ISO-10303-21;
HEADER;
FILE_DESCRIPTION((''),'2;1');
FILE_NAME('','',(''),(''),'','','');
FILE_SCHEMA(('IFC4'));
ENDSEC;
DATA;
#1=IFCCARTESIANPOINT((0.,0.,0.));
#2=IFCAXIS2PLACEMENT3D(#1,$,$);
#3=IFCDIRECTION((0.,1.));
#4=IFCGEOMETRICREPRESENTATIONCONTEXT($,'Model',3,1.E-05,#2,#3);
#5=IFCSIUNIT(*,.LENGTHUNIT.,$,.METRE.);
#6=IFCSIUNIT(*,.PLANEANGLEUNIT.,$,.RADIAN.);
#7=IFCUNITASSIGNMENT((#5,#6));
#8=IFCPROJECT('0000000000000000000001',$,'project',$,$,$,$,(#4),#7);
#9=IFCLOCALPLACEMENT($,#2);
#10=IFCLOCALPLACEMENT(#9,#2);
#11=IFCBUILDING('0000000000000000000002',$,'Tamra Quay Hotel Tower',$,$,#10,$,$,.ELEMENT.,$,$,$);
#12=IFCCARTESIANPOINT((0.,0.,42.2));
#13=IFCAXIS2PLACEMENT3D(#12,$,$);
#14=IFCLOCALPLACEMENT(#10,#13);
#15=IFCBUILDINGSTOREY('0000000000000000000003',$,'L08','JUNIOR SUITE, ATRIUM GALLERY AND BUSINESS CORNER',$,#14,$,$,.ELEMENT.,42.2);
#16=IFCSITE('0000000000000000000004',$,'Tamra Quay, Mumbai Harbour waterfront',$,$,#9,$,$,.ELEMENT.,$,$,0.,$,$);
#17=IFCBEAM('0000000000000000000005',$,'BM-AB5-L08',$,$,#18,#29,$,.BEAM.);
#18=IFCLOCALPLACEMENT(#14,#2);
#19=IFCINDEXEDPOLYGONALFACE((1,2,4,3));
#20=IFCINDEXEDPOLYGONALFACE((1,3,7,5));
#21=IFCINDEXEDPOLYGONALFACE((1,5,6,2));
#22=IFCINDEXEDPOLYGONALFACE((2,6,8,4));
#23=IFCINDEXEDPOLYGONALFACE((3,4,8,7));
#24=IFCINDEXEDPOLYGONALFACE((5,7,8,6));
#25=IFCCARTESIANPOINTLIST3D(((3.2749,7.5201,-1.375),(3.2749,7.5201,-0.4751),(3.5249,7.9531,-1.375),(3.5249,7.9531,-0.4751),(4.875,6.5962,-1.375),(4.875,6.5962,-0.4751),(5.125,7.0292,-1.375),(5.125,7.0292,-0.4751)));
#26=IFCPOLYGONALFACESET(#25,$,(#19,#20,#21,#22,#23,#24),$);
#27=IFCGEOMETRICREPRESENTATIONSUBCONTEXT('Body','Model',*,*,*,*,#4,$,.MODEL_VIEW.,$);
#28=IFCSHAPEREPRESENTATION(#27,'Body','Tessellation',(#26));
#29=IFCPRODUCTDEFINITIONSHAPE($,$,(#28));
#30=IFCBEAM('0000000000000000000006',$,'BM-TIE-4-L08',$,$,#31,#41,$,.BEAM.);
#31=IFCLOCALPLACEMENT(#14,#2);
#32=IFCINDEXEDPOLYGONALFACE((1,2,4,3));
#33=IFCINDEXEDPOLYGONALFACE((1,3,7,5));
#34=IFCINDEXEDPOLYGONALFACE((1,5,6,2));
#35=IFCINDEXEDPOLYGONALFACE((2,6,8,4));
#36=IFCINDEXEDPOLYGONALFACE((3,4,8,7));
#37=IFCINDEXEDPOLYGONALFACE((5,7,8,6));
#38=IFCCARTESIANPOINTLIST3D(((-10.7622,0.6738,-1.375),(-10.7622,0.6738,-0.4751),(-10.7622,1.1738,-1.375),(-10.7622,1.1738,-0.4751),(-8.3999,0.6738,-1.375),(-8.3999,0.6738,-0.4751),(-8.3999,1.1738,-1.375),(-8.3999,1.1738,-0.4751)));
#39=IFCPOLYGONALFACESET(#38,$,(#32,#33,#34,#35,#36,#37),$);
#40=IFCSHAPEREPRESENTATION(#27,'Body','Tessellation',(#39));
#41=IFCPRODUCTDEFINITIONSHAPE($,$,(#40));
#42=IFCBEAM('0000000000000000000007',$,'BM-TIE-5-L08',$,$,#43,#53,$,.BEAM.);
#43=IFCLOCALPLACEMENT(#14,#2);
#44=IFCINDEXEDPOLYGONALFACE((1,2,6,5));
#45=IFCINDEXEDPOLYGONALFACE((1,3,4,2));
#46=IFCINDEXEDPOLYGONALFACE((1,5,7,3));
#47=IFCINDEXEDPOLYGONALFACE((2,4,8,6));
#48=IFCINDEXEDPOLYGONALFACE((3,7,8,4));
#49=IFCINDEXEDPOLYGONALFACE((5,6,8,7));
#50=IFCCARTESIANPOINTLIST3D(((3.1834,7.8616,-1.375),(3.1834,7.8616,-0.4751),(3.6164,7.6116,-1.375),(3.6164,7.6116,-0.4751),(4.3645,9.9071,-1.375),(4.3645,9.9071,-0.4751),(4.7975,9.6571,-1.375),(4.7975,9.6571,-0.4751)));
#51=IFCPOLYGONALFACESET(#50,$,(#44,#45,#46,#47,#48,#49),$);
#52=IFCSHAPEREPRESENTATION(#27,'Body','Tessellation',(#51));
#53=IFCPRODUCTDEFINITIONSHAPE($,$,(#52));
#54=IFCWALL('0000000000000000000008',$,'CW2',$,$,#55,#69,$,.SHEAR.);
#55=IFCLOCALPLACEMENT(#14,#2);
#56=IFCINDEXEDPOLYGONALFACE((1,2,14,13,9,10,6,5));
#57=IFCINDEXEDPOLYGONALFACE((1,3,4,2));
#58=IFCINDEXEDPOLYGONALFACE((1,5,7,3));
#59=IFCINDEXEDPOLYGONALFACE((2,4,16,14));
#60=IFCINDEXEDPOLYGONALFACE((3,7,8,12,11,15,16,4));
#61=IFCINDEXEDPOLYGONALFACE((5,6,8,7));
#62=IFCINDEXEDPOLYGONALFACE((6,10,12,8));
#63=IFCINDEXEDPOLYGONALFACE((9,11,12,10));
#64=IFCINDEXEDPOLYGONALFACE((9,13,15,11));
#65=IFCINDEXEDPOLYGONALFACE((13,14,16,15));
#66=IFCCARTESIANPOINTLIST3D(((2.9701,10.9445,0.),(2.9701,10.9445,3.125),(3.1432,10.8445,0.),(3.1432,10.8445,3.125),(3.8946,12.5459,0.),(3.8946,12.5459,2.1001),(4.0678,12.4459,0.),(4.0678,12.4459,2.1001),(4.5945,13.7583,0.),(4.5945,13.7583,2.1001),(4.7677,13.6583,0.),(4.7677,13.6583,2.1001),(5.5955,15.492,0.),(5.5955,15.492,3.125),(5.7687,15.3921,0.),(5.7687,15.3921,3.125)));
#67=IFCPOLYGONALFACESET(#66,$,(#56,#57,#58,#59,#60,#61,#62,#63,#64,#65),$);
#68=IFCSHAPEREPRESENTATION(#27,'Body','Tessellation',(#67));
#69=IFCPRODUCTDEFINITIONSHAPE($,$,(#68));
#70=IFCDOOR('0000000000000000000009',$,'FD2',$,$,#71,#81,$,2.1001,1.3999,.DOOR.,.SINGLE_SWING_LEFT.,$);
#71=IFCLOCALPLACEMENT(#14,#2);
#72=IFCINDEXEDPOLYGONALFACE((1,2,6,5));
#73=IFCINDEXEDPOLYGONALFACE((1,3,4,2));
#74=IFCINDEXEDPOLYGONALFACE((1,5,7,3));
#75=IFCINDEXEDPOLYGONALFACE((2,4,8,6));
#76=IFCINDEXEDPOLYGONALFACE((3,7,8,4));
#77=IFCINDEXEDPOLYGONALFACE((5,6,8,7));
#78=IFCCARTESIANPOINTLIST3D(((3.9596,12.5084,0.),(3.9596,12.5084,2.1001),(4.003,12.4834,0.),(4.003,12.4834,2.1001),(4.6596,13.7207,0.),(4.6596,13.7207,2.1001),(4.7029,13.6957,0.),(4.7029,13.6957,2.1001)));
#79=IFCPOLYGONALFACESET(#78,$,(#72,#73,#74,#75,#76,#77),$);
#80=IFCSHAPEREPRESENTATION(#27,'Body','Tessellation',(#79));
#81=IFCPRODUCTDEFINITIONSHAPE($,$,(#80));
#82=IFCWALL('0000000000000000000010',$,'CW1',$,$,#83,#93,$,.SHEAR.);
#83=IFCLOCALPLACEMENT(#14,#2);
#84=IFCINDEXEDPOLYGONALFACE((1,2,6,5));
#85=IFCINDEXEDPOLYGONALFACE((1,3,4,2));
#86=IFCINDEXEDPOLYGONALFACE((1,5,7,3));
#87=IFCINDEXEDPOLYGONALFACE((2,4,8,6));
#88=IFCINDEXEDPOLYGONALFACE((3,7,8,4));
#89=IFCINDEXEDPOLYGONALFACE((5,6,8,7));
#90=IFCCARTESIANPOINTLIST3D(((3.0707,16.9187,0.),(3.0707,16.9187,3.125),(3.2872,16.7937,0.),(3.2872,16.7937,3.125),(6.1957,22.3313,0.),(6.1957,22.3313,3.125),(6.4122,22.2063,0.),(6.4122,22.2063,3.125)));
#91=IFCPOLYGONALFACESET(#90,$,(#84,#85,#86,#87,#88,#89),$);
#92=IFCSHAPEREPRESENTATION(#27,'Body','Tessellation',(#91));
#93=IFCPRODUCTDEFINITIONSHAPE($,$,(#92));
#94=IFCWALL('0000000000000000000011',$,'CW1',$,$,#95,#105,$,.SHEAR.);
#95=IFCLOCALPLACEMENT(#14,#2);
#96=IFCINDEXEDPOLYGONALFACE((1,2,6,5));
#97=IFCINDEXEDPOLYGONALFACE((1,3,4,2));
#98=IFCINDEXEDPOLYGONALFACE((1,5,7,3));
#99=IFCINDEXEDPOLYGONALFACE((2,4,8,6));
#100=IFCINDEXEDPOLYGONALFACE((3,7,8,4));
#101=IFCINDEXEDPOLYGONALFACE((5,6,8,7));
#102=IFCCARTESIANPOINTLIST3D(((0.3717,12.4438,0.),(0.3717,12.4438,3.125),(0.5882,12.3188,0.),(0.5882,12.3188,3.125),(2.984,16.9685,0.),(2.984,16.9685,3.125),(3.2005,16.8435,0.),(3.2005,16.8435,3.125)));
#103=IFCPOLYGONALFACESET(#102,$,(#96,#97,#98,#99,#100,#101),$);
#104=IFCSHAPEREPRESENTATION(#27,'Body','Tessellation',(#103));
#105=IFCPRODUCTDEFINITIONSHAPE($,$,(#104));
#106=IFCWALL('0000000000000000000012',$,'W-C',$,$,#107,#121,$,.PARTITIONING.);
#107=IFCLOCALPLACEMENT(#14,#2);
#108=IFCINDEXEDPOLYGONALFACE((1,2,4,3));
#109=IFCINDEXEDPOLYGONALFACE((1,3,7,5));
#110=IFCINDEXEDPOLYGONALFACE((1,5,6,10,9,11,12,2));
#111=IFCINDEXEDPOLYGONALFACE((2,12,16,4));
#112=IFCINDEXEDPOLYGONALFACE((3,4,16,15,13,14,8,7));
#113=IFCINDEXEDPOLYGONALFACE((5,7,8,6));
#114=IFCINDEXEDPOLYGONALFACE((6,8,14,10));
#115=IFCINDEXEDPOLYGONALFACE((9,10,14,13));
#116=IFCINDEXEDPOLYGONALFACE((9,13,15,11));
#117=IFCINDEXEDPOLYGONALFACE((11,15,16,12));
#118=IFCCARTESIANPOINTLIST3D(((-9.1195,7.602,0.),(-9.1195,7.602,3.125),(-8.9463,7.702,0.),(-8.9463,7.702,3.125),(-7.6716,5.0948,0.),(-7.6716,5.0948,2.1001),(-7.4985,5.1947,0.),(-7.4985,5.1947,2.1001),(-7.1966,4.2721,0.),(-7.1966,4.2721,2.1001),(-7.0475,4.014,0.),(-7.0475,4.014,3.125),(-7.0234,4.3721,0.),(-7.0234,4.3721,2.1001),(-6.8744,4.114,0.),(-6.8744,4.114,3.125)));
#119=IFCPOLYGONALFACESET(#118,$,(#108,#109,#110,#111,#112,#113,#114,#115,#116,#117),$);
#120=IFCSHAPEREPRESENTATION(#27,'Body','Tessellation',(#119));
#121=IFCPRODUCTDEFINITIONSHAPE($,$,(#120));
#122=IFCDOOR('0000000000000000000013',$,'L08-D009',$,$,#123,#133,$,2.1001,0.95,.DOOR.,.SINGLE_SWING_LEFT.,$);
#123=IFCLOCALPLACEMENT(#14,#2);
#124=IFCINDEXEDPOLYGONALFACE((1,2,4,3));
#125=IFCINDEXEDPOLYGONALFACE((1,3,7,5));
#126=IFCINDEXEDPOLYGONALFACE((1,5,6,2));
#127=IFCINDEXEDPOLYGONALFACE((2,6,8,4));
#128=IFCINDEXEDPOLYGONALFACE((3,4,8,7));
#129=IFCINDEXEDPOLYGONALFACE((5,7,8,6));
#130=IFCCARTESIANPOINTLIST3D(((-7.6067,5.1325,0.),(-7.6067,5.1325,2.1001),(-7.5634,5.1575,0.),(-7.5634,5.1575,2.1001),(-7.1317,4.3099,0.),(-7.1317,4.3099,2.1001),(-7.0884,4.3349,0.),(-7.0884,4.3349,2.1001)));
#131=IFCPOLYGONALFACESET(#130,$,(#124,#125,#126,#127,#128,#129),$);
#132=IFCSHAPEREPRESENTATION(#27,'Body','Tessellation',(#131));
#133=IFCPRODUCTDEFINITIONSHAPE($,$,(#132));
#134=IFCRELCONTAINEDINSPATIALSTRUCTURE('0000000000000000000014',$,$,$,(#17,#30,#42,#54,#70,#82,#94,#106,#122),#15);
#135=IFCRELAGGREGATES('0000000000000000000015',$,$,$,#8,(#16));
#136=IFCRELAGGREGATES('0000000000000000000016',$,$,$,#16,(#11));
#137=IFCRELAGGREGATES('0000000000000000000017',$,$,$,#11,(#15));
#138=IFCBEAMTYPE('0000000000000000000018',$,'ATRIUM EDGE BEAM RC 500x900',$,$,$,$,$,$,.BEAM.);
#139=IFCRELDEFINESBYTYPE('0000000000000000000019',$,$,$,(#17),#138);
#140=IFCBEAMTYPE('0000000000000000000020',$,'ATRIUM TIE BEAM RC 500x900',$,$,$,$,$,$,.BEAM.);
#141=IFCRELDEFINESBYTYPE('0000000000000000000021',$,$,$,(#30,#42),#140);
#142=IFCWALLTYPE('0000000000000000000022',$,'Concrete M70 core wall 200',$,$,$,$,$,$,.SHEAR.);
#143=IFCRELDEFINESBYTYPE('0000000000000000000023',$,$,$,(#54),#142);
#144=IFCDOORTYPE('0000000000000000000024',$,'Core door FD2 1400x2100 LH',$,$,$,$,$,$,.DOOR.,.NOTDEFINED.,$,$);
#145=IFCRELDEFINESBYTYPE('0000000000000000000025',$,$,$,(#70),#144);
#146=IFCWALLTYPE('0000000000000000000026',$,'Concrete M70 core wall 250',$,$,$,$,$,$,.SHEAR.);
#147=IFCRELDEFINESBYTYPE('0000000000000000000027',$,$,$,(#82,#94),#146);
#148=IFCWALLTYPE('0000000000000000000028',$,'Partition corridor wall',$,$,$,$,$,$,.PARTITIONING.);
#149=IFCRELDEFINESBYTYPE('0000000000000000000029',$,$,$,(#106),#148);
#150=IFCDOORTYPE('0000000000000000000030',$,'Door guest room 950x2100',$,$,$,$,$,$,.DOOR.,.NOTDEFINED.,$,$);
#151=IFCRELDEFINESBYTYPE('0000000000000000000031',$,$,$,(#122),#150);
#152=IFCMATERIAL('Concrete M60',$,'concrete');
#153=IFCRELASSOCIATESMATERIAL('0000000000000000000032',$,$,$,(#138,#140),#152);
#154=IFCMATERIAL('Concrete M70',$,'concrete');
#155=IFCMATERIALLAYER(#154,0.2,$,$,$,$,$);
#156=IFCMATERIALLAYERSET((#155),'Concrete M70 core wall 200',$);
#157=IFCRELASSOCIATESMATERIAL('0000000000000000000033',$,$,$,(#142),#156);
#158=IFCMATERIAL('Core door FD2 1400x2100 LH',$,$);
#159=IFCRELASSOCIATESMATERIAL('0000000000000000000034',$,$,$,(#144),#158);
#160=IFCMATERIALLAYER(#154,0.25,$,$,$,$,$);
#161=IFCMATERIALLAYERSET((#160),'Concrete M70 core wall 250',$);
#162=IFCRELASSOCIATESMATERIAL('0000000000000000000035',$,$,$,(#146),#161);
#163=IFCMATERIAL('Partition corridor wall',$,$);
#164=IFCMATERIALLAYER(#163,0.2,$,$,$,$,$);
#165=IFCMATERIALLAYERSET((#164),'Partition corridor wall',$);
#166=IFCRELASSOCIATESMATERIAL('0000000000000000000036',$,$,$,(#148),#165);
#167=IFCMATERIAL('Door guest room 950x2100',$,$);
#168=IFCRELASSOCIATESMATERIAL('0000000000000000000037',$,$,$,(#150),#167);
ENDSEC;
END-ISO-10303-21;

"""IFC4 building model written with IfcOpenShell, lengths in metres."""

from ifc_helpers import new_model, si_unit, direction, frame, frame_2d, origin, origin_2d, place, context, subcontext, project, spatial, rectangle, extrude, material, layer, layer_set, material_profile, profile_set, type_object, element, fill, save


model = new_model("IFC4")

# Units and contexts
model_context = context("Model", 3, precision=1e-05, world=origin(), true_north=direction((0.0, 1.0)))
body_context = subcontext(model_context, "Body", "Model", "MODEL_VIEW")
ifc_project = project(units=[si_unit("LENGTHUNIT", "METRE"), si_unit("PLANEANGLEUNIT", "RADIAN")], contexts=[model_context])

# Site, building, storey
site_placement = place(None, origin())
site = spatial("IfcSite", under=ifc_project, at=site_placement, Name="Tamra Quay, Mumbai Harbour waterfront", CompositionType="ELEMENT", RefElevation=0.0)
building_placement = place(site_placement, origin())
building = spatial("IfcBuilding", under=site, at=building_placement, Name="Tamra Quay Hotel Tower", CompositionType="ELEMENT")
storey_placement = place(building_placement, frame((0.0, 0.0, 42.2)))
storey = spatial("IfcBuildingStorey", under=building, at=storey_placement, Name="L08", Description="JUNIOR SUITE, ATRIUM GALLERY AND BUSINESS CORNER", CompositionType="ELEMENT", Elevation=42.2)

# Beams
ifc_material_1 = material(Name="Concrete M60", Category="concrete")
ifc_material_profile_1 = material_profile(ifc_material_1, rectangle(XDim=0.5, YDim=0.8999, at=origin_2d()), Name="ATRIUM EDGE BEAM RC 500x900")
ifc_profile_set_1 = profile_set([ifc_material_profile_1], Name="Concrete M60")
beam_type_1 = type_object("IfcBeamType", Name="ATRIUM EDGE BEAM RC 500x900", PredefinedType="BEAM", material=ifc_profile_set_1)
beam_1_placement = place(storey_placement, frame((3.3999, 7.7366, -0.925), z_axis=(0.866023, -0.500005, 0.0), x_axis=(0.500005, 0.866023, 0.0)))
element("IfcBeam", 1, at=beam_1_placement, inside=storey, type_object=beam_type_1, Name="BM-AB5-L08", PredefinedType="BEAM", context=body_context, shape_type="SweptSolid", body=[
    extrude(rectangle(XDim=0.5, YDim=0.8999, at=origin_2d()), origin(), (0.0, 0.0, 1.0), 1.8477),
])
ifc_material_profile_2 = material_profile(ifc_material_1, rectangle(XDim=0.5, YDim=0.8999, at=origin_2d()), Name="ATRIUM TIE BEAM RC 500x900")
ifc_profile_set_2 = profile_set([ifc_material_profile_2], Name="Concrete M60")
beam_type_2 = type_object("IfcBeamType", Name="ATRIUM TIE BEAM RC 500x900", PredefinedType="BEAM", material=ifc_profile_set_2)
beam_2_placement = place(storey_placement, frame((-8.3999, 0.9238, -0.925), z_axis=(-1.0, 0.0, 0.0), x_axis=(0.0, -1.0, 0.0)))
element("IfcBeam", 2, at=beam_2_placement, inside=storey, type_object=beam_type_2, Name="BM-TIE-4-L08", PredefinedType="BEAM", context=body_context, shape_type="SweptSolid", body=[
    extrude(rectangle(XDim=0.5, YDim=0.8999, at=origin_2d()), origin(), (0.0, 0.0, 1.0), 2.3623),
])
beam_3_placement = place(storey_placement, frame((3.3999, 7.7366, -0.925), z_axis=(0.50003, 0.866008, 0.0), x_axis=(-0.866008, 0.50003, 0.0)))
element("IfcBeam", 3, at=beam_3_placement, inside=storey, type_object=beam_type_2, Name="BM-TIE-5-L08", PredefinedType="BEAM", context=body_context, shape_type="SweptSolid", body=[
    extrude(rectangle(XDim=0.5, YDim=0.8999, at=origin_2d()), origin(), (0.0, 0.0, 1.0), 2.3621),
])

# Wall, opening, door
ifc_material_2 = material(Name="Concrete M70", Category="concrete")
ifc_layer_1 = layer(ifc_material_2, 0.2)
ifc_layer_set_1 = layer_set([ifc_layer_1], Name="Concrete M70 core wall 200")
wall_type_1 = type_object("IfcWallType", Name="Concrete M70 core wall 200", PredefinedType="SHEAR", material=ifc_layer_set_1)
wall_1_placement = place(storey_placement, frame((3.0566, 10.8945, 0.0), z_axis=(0.0, 0.0, 1.0), x_axis=(0.499989, 0.866032, 0.0)))
wall_1 = element("IfcWall", 4, at=wall_1_placement, inside=storey, type_object=wall_type_1, Name="CW2", PredefinedType="SHEAR", context=body_context, shape_type="SweptSolid", body=[
    extrude(rectangle(XDim=5.251, YDim=0.2, at=frame_2d((2.6255, 0.0))), origin(), (0.0, 0.0, 1.0), 3.125),
])
opening_1_placement = place(wall_1_placement, frame((1.8491, 0.0, 0.0)))
opening_1 = element("IfcOpeningElement", 5, at=opening_1_placement, cuts=wall_1, PredefinedType="OPENING", context=body_context, shape_type="SweptSolid", body=[
    extrude(rectangle(XDim=1.3999, YDim=2.1001, at=frame_2d((0.7, 1.05))), frame((0.0, 0.1099, 0.0), z_axis=(0.0, -1.0, 0.0), x_axis=(1.0, 0.0, 0.0)), (0.0, 0.0, 1.0), 0.22),
])
ifc_material_3 = material(Name="Core door FD2 1400x2100 LH")
door_type_1 = type_object("IfcDoorType", Name="Core door FD2 1400x2100 LH", OperationType="NOTDEFINED", PredefinedType="DOOR", material=ifc_material_3)
door_1_placement = place(opening_1_placement, origin())
door_1 = element("IfcDoor", 6, at=door_1_placement, inside=storey, type_object=door_type_1, Name="FD2", OperationType="SINGLE_SWING_LEFT", OverallHeight=2.1001, OverallWidth=1.3999, PredefinedType="DOOR", context=body_context, shape_type="SweptSolid", body=[
    extrude(rectangle(XDim=1.3999, YDim=2.1001, at=frame_2d((0.7, 1.05))), frame((0.0, 0.0249, 0.0), z_axis=(0.0, -1.0, 0.0), x_axis=(1.0, 0.0, 0.0)), (0.0, 0.0, 1.0), 0.05),
])
fill(opening_1, door_1)

# Walls
ifc_layer_2 = layer(ifc_material_2, 0.25)
ifc_layer_set_2 = layer_set([ifc_layer_2], Name="Concrete M70 core wall 250")
wall_type_2 = type_object("IfcWallType", Name="Concrete M70 core wall 250", PredefinedType="SHEAR", material=ifc_layer_set_2)
wall_2_placement = place(storey_placement, frame((3.179, 16.8562, 0.0), z_axis=(0.0, 0.0, 1.0), x_axis=(0.500004, 0.866023, 0.0)))
element("IfcWall", 7, at=wall_2_placement, inside=storey, type_object=wall_type_2, Name="CW1", PredefinedType="SHEAR", context=body_context, shape_type="SweptSolid", body=[
    extrude(rectangle(XDim=6.25, YDim=0.25, at=frame_2d((3.125, 0.0))), origin(), (0.0, 0.0, 1.0), 3.125),
])
wall_3_placement = place(storey_placement, frame((0.48, 12.3813, 0.0), z_axis=(0.0, 0.0, 1.0), x_axis=(0.499999, 0.866026, 0.0)))
element("IfcWall", 8, at=wall_3_placement, inside=storey, type_object=wall_type_2, Name="CW1", PredefinedType="SHEAR", context=body_context, shape_type="SweptSolid", body=[
    extrude(rectangle(XDim=5.2246, YDim=0.25, at=frame_2d((2.6123, 0.0))), origin(), (0.0, 0.0, 1.0), 3.125),
])

# Wall, opening, door
ifc_material_4 = material(Name="Partition corridor wall")
ifc_layer_3 = layer(ifc_material_4, 0.2)
ifc_layer_set_3 = layer_set([ifc_layer_3], Name="Partition corridor wall")
wall_type_3 = type_object("IfcWallType", Name="Partition corridor wall", PredefinedType="PARTITIONING", material=ifc_layer_set_3)
wall_4_placement = place(storey_placement, frame((-9.033, 7.6521, 0.0), z_axis=(0.0, 0.0, 1.0), x_axis=(0.500074, -0.865982, 0.0)))
wall_4 = element("IfcWall", 9, at=wall_4_placement, inside=storey, type_object=wall_type_3, Name="W-C", PredefinedType="PARTITIONING", context=body_context, shape_type="SweptSolid", body=[
    extrude(rectangle(XDim=4.1433, YDim=0.2, at=frame_2d((2.0718, 0.0))), origin(), (0.0, 0.0, 1.0), 3.125),
])
opening_2_placement = place(wall_4_placement, frame((2.8953, 0.0, 0.0)))
opening_2 = element("IfcOpeningElement", 10, at=opening_2_placement, cuts=wall_4, PredefinedType="OPENING", context=body_context, shape_type="SweptSolid", body=[
    extrude(rectangle(XDim=0.95, YDim=2.1001, at=frame_2d((0.4751, 1.05))), frame((0.0, 0.1099, 0.0), z_axis=(0.0, -1.0, 0.0), x_axis=(1.0, 0.0, 0.0)), (0.0, 0.0, 1.0), 0.22),
])
ifc_material_5 = material(Name="Door guest room 950x2100")
door_type_2 = type_object("IfcDoorType", Name="Door guest room 950x2100", OperationType="NOTDEFINED", PredefinedType="DOOR", material=ifc_material_5)
door_2_placement = place(opening_2_placement, frame((0.95, 0.0, 0.0), z_axis=(0.0, 0.0, 1.0), x_axis=(-1.0, 0.0, 0.0)))
door_2 = element("IfcDoor", 11, at=door_2_placement, inside=storey, type_object=door_type_2, Name="L08-D009", OperationType="SINGLE_SWING_LEFT", OverallHeight=2.1001, OverallWidth=0.95, PredefinedType="DOOR", context=body_context, shape_type="SweptSolid", body=[
    extrude(rectangle(XDim=0.95, YDim=2.1001, at=frame_2d((0.4751, 1.05))), frame((0.0, 0.0249, 0.0), z_axis=(0.0, -1.0, 0.0), x_axis=(1.0, 0.0, 0.0)), (0.0, 0.0, 1.0), 0.05),
])
fill(opening_2, door_2)

save(model, "model.ifc")
